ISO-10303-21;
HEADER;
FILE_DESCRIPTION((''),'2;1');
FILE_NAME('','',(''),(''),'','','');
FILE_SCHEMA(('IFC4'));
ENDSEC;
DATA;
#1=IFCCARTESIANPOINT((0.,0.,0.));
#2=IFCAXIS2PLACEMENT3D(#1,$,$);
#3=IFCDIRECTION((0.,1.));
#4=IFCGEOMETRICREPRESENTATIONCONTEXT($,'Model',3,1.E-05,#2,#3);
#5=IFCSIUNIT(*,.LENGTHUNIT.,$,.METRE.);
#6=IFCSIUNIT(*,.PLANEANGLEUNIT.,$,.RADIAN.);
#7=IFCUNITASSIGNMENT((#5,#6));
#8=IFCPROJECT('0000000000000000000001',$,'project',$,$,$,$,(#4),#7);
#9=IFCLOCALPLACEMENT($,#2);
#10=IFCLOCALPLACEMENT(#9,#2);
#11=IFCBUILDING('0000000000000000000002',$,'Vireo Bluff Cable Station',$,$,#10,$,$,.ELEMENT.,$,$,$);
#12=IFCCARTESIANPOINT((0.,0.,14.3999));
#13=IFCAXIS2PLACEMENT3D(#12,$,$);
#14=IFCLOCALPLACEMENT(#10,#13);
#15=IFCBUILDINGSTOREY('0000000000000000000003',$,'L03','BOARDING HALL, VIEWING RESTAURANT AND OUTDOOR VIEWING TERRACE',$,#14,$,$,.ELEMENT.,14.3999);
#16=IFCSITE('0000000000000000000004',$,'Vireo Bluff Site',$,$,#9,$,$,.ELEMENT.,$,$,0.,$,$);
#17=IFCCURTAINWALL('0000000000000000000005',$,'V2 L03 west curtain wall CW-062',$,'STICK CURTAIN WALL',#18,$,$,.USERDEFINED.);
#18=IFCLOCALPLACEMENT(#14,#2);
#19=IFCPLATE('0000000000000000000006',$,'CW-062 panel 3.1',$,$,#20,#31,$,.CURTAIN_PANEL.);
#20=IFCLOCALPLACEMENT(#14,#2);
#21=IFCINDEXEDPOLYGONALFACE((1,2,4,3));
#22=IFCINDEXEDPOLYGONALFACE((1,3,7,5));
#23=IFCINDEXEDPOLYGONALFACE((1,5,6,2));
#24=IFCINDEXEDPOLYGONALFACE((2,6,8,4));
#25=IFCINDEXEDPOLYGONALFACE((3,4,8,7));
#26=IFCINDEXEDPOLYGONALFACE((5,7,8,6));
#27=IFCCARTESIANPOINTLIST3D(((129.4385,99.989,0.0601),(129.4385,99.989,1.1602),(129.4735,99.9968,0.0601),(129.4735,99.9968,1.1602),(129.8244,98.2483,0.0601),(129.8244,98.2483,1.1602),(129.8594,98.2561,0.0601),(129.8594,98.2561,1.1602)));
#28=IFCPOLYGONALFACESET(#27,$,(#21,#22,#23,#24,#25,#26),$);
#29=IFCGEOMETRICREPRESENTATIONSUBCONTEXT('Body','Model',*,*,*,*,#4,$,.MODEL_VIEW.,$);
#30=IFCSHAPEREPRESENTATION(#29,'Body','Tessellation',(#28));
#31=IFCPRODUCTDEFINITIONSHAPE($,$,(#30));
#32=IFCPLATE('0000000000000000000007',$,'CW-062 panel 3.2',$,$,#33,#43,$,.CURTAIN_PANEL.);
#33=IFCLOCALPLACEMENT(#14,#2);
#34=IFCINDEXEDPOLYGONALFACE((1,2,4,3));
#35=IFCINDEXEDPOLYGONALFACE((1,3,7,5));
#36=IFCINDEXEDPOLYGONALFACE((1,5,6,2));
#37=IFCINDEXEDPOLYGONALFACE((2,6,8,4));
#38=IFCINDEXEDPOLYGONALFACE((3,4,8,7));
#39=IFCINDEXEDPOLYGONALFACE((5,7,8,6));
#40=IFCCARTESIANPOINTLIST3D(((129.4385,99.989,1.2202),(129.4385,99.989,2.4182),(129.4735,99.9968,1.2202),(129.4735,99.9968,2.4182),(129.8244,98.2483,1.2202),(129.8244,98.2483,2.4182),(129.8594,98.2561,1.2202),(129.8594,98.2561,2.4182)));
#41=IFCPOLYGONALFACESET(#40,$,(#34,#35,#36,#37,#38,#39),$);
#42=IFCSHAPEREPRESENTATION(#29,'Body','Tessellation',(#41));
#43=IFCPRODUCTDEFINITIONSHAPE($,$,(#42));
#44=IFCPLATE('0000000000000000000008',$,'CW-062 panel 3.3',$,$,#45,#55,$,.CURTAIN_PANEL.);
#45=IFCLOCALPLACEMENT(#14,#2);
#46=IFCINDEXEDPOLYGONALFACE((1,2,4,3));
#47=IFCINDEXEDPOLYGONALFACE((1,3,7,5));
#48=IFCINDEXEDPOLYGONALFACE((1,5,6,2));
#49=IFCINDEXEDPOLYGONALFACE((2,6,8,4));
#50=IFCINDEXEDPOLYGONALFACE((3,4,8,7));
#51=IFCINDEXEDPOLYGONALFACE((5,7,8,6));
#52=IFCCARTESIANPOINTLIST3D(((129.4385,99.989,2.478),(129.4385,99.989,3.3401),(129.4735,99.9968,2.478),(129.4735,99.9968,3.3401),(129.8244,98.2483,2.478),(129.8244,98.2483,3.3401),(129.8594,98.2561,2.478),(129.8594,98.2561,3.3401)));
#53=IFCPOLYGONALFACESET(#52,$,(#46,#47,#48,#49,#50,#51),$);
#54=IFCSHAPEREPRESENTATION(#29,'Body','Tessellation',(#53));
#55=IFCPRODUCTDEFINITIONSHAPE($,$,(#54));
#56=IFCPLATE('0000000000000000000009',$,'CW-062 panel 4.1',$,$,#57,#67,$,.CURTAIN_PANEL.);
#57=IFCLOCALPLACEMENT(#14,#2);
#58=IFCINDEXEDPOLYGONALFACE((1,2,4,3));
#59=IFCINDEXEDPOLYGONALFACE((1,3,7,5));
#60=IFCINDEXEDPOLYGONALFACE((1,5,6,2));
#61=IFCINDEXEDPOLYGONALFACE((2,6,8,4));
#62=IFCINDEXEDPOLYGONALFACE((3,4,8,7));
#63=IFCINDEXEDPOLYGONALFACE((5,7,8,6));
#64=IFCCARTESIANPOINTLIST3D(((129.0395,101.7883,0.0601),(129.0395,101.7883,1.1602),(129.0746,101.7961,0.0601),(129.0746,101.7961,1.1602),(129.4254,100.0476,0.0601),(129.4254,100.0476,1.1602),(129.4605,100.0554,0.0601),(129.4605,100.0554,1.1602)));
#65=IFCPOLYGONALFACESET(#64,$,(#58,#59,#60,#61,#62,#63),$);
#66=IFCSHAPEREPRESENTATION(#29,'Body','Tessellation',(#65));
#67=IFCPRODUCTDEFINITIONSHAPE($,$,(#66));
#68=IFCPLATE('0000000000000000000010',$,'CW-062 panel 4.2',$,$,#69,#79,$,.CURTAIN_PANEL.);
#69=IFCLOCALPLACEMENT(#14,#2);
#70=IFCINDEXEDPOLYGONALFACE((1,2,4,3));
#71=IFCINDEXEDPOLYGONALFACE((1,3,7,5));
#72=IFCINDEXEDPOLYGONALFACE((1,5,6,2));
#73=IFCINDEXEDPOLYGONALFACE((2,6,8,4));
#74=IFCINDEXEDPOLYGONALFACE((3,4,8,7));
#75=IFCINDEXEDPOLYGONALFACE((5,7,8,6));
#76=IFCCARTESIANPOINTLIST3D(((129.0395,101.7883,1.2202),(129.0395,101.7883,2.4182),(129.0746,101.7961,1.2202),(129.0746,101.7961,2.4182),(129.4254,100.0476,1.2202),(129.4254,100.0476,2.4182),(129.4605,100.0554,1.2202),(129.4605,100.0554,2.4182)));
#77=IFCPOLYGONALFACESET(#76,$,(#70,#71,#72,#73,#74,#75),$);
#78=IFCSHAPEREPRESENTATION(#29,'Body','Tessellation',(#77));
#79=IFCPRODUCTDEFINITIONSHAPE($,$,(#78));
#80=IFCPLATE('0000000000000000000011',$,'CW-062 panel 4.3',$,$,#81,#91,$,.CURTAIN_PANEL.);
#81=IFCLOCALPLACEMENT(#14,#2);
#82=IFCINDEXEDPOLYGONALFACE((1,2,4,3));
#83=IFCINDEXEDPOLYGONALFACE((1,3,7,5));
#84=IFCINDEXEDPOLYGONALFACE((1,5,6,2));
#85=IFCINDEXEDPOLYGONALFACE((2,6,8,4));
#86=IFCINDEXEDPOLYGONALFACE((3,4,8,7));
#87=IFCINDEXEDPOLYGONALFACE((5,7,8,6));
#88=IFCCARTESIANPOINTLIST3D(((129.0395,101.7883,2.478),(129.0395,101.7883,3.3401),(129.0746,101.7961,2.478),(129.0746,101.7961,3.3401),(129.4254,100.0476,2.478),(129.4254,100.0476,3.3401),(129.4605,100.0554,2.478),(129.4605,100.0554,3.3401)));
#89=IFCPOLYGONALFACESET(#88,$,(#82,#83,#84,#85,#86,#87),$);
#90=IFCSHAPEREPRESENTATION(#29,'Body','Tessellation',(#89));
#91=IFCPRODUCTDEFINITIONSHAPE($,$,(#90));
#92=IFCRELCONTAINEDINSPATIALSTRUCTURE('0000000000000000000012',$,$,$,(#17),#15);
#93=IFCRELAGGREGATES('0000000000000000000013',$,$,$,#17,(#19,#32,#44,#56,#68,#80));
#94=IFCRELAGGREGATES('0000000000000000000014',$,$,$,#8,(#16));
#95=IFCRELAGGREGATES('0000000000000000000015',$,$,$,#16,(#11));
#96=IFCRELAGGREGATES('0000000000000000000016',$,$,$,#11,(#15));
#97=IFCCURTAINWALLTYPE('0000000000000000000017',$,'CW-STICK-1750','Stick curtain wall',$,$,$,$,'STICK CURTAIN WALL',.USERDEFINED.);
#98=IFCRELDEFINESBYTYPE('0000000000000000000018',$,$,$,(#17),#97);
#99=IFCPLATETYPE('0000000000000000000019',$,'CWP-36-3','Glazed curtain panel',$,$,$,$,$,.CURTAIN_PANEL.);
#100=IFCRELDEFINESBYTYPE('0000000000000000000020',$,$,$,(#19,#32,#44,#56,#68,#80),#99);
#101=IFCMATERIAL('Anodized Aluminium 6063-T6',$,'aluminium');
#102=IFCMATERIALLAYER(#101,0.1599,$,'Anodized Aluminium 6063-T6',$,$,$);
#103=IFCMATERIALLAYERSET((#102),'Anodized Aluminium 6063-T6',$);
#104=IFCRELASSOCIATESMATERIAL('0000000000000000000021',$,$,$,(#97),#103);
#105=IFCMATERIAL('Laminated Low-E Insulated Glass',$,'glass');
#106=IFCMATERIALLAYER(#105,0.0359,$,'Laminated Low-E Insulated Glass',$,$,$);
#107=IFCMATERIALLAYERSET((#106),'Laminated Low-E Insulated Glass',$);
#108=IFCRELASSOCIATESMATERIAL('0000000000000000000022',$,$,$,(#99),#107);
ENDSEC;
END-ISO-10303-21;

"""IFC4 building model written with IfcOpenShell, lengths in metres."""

from ifc_helpers import new_model, si_unit, direction, frame, origin, origin_2d, place, context, subcontext, project, spatial, rectangle, extrude, material, layer, layer_set, type_object, element, aggregate, save


model = new_model("IFC4")

# Units and contexts
model_context = context("Model", 3, precision=1e-05, world=origin(), true_north=direction((0.0, 1.0)))
body_context = subcontext(model_context, "Body", "Model", "MODEL_VIEW")
ifc_project = project(units=[si_unit("LENGTHUNIT", "METRE"), si_unit("PLANEANGLEUNIT", "RADIAN")], contexts=[model_context])

# Site, building, storey
site_placement = place(None, origin())
site = spatial("IfcSite", under=ifc_project, at=site_placement, Name="Vireo Bluff Site", CompositionType="ELEMENT", RefElevation=0.0)
building_placement = place(site_placement, origin())
building = spatial("IfcBuilding", under=site, at=building_placement, Name="Vireo Bluff Cable Station", CompositionType="ELEMENT")
storey_placement = place(building_placement, frame((0.0, 0.0, 14.3999)))
storey = spatial("IfcBuildingStorey", under=building, at=storey_placement, Name="L03", Description="BOARDING HALL, VIEWING RESTAURANT AND OUTDOOR VIEWING TERRACE", CompositionType="ELEMENT", Elevation=14.3999)

# Curtain wall
ifc_material_1 = material(Name="Anodized Aluminium 6063-T6", Category="aluminium")
ifc_layer_1 = layer(ifc_material_1, 0.1599, Name="Anodized Aluminium 6063-T6")
ifc_layer_set_1 = layer_set([ifc_layer_1], Name="Anodized Aluminium 6063-T6")
curtain_wall_type = type_object("IfcCurtainWallType", Name="CW-STICK-1750", Description="Stick curtain wall", ElementType="STICK CURTAIN WALL", PredefinedType="USERDEFINED", material=ifc_layer_set_1)
curtain_wall_placement = place(storey_placement, origin())
curtain_wall = element("IfcCurtainWall", 1, at=curtain_wall_placement, inside=storey, type_object=curtain_wall_type, Name="V2 L03 west curtain wall CW-062", ObjectType="STICK CURTAIN WALL", PredefinedType="USERDEFINED")

# Plates
ifc_material_2 = material(Name="Laminated Low-E Insulated Glass", Category="glass")
ifc_layer_2 = layer(ifc_material_2, 0.0359, Name="Laminated Low-E Insulated Glass")
ifc_layer_set_2 = layer_set([ifc_layer_2], Name="Laminated Low-E Insulated Glass")
plate_type = type_object("IfcPlateType", Name="CWP-36-3", Description="Glazed curtain panel", PredefinedType="CURTAIN_PANEL", material=ifc_layer_set_2)
plate_1_placement = place(storey_placement, frame((129.6489, 99.1226, 0.0601), z_axis=(0.0, 0.0, 1.0), x_axis=(-0.21644, 0.976296, 0.0)))
plate_1 = element("IfcPlate", 2, at=plate_1_placement, type_object=plate_type, Name="CW-062 panel 3.1", PredefinedType="CURTAIN_PANEL", context=body_context, shape_type="SweptSolid", body=[
    extrude(rectangle(XDim=1.783, YDim=0.0359, at=origin_2d()), origin(), (0.0, 0.0, 1.0), 1.1001),
])
plate_2_placement = place(storey_placement, frame((129.6489, 99.1226, 1.2202), z_axis=(0.0, 0.0, 1.0), x_axis=(-0.21644, 0.976296, 0.0)))
plate_2 = element("IfcPlate", 3, at=plate_2_placement, type_object=plate_type, Name="CW-062 panel 3.2", PredefinedType="CURTAIN_PANEL", context=body_context, shape_type="SweptSolid", body=[
    extrude(rectangle(XDim=1.783, YDim=0.0359, at=origin_2d()), origin(), (0.0, 0.0, 1.0), 1.198),
])
plate_3_placement = place(storey_placement, frame((129.6489, 99.1226, 2.478), z_axis=(0.0, 0.0, 1.0), x_axis=(-0.21644, 0.976296, 0.0)))
plate_3 = element("IfcPlate", 4, at=plate_3_placement, type_object=plate_type, Name="CW-062 panel 3.3", PredefinedType="CURTAIN_PANEL", context=body_context, shape_type="SweptSolid", body=[
    extrude(rectangle(XDim=1.783, YDim=0.0359, at=origin_2d()), origin(), (0.0, 0.0, 1.0), 0.8621),
])
plate_4_placement = place(storey_placement, frame((129.25, 100.9219, 0.0601), z_axis=(0.0, 0.0, 1.0), x_axis=(-0.21644, 0.976296, 0.0)))
plate_4 = element("IfcPlate", 5, at=plate_4_placement, type_object=plate_type, Name="CW-062 panel 4.1", PredefinedType="CURTAIN_PANEL", context=body_context, shape_type="SweptSolid", body=[
    extrude(rectangle(XDim=1.783, YDim=0.0359, at=origin_2d()), origin(), (0.0, 0.0, 1.0), 1.1001),
])
plate_5_placement = place(storey_placement, frame((129.25, 100.9219, 1.2202), z_axis=(0.0, 0.0, 1.0), x_axis=(-0.21644, 0.976296, 0.0)))
plate_5 = element("IfcPlate", 6, at=plate_5_placement, type_object=plate_type, Name="CW-062 panel 4.2", PredefinedType="CURTAIN_PANEL", context=body_context, shape_type="SweptSolid", body=[
    extrude(rectangle(XDim=1.783, YDim=0.0359, at=origin_2d()), origin(), (0.0, 0.0, 1.0), 1.198),
])
plate_6_placement = place(storey_placement, frame((129.25, 100.9219, 2.478), z_axis=(0.0, 0.0, 1.0), x_axis=(-0.21644, 0.976296, 0.0)))
plate_6 = element("IfcPlate", 7, at=plate_6_placement, type_object=plate_type, Name="CW-062 panel 4.3", PredefinedType="CURTAIN_PANEL", context=body_context, shape_type="SweptSolid", body=[
    extrude(rectangle(XDim=1.783, YDim=0.0359, at=origin_2d()), origin(), (0.0, 0.0, 1.0), 0.8621),
])
aggregate(curtain_wall, [plate_1, plate_2, plate_3, plate_4, plate_5, plate_6])

save(model, "model.ifc")
